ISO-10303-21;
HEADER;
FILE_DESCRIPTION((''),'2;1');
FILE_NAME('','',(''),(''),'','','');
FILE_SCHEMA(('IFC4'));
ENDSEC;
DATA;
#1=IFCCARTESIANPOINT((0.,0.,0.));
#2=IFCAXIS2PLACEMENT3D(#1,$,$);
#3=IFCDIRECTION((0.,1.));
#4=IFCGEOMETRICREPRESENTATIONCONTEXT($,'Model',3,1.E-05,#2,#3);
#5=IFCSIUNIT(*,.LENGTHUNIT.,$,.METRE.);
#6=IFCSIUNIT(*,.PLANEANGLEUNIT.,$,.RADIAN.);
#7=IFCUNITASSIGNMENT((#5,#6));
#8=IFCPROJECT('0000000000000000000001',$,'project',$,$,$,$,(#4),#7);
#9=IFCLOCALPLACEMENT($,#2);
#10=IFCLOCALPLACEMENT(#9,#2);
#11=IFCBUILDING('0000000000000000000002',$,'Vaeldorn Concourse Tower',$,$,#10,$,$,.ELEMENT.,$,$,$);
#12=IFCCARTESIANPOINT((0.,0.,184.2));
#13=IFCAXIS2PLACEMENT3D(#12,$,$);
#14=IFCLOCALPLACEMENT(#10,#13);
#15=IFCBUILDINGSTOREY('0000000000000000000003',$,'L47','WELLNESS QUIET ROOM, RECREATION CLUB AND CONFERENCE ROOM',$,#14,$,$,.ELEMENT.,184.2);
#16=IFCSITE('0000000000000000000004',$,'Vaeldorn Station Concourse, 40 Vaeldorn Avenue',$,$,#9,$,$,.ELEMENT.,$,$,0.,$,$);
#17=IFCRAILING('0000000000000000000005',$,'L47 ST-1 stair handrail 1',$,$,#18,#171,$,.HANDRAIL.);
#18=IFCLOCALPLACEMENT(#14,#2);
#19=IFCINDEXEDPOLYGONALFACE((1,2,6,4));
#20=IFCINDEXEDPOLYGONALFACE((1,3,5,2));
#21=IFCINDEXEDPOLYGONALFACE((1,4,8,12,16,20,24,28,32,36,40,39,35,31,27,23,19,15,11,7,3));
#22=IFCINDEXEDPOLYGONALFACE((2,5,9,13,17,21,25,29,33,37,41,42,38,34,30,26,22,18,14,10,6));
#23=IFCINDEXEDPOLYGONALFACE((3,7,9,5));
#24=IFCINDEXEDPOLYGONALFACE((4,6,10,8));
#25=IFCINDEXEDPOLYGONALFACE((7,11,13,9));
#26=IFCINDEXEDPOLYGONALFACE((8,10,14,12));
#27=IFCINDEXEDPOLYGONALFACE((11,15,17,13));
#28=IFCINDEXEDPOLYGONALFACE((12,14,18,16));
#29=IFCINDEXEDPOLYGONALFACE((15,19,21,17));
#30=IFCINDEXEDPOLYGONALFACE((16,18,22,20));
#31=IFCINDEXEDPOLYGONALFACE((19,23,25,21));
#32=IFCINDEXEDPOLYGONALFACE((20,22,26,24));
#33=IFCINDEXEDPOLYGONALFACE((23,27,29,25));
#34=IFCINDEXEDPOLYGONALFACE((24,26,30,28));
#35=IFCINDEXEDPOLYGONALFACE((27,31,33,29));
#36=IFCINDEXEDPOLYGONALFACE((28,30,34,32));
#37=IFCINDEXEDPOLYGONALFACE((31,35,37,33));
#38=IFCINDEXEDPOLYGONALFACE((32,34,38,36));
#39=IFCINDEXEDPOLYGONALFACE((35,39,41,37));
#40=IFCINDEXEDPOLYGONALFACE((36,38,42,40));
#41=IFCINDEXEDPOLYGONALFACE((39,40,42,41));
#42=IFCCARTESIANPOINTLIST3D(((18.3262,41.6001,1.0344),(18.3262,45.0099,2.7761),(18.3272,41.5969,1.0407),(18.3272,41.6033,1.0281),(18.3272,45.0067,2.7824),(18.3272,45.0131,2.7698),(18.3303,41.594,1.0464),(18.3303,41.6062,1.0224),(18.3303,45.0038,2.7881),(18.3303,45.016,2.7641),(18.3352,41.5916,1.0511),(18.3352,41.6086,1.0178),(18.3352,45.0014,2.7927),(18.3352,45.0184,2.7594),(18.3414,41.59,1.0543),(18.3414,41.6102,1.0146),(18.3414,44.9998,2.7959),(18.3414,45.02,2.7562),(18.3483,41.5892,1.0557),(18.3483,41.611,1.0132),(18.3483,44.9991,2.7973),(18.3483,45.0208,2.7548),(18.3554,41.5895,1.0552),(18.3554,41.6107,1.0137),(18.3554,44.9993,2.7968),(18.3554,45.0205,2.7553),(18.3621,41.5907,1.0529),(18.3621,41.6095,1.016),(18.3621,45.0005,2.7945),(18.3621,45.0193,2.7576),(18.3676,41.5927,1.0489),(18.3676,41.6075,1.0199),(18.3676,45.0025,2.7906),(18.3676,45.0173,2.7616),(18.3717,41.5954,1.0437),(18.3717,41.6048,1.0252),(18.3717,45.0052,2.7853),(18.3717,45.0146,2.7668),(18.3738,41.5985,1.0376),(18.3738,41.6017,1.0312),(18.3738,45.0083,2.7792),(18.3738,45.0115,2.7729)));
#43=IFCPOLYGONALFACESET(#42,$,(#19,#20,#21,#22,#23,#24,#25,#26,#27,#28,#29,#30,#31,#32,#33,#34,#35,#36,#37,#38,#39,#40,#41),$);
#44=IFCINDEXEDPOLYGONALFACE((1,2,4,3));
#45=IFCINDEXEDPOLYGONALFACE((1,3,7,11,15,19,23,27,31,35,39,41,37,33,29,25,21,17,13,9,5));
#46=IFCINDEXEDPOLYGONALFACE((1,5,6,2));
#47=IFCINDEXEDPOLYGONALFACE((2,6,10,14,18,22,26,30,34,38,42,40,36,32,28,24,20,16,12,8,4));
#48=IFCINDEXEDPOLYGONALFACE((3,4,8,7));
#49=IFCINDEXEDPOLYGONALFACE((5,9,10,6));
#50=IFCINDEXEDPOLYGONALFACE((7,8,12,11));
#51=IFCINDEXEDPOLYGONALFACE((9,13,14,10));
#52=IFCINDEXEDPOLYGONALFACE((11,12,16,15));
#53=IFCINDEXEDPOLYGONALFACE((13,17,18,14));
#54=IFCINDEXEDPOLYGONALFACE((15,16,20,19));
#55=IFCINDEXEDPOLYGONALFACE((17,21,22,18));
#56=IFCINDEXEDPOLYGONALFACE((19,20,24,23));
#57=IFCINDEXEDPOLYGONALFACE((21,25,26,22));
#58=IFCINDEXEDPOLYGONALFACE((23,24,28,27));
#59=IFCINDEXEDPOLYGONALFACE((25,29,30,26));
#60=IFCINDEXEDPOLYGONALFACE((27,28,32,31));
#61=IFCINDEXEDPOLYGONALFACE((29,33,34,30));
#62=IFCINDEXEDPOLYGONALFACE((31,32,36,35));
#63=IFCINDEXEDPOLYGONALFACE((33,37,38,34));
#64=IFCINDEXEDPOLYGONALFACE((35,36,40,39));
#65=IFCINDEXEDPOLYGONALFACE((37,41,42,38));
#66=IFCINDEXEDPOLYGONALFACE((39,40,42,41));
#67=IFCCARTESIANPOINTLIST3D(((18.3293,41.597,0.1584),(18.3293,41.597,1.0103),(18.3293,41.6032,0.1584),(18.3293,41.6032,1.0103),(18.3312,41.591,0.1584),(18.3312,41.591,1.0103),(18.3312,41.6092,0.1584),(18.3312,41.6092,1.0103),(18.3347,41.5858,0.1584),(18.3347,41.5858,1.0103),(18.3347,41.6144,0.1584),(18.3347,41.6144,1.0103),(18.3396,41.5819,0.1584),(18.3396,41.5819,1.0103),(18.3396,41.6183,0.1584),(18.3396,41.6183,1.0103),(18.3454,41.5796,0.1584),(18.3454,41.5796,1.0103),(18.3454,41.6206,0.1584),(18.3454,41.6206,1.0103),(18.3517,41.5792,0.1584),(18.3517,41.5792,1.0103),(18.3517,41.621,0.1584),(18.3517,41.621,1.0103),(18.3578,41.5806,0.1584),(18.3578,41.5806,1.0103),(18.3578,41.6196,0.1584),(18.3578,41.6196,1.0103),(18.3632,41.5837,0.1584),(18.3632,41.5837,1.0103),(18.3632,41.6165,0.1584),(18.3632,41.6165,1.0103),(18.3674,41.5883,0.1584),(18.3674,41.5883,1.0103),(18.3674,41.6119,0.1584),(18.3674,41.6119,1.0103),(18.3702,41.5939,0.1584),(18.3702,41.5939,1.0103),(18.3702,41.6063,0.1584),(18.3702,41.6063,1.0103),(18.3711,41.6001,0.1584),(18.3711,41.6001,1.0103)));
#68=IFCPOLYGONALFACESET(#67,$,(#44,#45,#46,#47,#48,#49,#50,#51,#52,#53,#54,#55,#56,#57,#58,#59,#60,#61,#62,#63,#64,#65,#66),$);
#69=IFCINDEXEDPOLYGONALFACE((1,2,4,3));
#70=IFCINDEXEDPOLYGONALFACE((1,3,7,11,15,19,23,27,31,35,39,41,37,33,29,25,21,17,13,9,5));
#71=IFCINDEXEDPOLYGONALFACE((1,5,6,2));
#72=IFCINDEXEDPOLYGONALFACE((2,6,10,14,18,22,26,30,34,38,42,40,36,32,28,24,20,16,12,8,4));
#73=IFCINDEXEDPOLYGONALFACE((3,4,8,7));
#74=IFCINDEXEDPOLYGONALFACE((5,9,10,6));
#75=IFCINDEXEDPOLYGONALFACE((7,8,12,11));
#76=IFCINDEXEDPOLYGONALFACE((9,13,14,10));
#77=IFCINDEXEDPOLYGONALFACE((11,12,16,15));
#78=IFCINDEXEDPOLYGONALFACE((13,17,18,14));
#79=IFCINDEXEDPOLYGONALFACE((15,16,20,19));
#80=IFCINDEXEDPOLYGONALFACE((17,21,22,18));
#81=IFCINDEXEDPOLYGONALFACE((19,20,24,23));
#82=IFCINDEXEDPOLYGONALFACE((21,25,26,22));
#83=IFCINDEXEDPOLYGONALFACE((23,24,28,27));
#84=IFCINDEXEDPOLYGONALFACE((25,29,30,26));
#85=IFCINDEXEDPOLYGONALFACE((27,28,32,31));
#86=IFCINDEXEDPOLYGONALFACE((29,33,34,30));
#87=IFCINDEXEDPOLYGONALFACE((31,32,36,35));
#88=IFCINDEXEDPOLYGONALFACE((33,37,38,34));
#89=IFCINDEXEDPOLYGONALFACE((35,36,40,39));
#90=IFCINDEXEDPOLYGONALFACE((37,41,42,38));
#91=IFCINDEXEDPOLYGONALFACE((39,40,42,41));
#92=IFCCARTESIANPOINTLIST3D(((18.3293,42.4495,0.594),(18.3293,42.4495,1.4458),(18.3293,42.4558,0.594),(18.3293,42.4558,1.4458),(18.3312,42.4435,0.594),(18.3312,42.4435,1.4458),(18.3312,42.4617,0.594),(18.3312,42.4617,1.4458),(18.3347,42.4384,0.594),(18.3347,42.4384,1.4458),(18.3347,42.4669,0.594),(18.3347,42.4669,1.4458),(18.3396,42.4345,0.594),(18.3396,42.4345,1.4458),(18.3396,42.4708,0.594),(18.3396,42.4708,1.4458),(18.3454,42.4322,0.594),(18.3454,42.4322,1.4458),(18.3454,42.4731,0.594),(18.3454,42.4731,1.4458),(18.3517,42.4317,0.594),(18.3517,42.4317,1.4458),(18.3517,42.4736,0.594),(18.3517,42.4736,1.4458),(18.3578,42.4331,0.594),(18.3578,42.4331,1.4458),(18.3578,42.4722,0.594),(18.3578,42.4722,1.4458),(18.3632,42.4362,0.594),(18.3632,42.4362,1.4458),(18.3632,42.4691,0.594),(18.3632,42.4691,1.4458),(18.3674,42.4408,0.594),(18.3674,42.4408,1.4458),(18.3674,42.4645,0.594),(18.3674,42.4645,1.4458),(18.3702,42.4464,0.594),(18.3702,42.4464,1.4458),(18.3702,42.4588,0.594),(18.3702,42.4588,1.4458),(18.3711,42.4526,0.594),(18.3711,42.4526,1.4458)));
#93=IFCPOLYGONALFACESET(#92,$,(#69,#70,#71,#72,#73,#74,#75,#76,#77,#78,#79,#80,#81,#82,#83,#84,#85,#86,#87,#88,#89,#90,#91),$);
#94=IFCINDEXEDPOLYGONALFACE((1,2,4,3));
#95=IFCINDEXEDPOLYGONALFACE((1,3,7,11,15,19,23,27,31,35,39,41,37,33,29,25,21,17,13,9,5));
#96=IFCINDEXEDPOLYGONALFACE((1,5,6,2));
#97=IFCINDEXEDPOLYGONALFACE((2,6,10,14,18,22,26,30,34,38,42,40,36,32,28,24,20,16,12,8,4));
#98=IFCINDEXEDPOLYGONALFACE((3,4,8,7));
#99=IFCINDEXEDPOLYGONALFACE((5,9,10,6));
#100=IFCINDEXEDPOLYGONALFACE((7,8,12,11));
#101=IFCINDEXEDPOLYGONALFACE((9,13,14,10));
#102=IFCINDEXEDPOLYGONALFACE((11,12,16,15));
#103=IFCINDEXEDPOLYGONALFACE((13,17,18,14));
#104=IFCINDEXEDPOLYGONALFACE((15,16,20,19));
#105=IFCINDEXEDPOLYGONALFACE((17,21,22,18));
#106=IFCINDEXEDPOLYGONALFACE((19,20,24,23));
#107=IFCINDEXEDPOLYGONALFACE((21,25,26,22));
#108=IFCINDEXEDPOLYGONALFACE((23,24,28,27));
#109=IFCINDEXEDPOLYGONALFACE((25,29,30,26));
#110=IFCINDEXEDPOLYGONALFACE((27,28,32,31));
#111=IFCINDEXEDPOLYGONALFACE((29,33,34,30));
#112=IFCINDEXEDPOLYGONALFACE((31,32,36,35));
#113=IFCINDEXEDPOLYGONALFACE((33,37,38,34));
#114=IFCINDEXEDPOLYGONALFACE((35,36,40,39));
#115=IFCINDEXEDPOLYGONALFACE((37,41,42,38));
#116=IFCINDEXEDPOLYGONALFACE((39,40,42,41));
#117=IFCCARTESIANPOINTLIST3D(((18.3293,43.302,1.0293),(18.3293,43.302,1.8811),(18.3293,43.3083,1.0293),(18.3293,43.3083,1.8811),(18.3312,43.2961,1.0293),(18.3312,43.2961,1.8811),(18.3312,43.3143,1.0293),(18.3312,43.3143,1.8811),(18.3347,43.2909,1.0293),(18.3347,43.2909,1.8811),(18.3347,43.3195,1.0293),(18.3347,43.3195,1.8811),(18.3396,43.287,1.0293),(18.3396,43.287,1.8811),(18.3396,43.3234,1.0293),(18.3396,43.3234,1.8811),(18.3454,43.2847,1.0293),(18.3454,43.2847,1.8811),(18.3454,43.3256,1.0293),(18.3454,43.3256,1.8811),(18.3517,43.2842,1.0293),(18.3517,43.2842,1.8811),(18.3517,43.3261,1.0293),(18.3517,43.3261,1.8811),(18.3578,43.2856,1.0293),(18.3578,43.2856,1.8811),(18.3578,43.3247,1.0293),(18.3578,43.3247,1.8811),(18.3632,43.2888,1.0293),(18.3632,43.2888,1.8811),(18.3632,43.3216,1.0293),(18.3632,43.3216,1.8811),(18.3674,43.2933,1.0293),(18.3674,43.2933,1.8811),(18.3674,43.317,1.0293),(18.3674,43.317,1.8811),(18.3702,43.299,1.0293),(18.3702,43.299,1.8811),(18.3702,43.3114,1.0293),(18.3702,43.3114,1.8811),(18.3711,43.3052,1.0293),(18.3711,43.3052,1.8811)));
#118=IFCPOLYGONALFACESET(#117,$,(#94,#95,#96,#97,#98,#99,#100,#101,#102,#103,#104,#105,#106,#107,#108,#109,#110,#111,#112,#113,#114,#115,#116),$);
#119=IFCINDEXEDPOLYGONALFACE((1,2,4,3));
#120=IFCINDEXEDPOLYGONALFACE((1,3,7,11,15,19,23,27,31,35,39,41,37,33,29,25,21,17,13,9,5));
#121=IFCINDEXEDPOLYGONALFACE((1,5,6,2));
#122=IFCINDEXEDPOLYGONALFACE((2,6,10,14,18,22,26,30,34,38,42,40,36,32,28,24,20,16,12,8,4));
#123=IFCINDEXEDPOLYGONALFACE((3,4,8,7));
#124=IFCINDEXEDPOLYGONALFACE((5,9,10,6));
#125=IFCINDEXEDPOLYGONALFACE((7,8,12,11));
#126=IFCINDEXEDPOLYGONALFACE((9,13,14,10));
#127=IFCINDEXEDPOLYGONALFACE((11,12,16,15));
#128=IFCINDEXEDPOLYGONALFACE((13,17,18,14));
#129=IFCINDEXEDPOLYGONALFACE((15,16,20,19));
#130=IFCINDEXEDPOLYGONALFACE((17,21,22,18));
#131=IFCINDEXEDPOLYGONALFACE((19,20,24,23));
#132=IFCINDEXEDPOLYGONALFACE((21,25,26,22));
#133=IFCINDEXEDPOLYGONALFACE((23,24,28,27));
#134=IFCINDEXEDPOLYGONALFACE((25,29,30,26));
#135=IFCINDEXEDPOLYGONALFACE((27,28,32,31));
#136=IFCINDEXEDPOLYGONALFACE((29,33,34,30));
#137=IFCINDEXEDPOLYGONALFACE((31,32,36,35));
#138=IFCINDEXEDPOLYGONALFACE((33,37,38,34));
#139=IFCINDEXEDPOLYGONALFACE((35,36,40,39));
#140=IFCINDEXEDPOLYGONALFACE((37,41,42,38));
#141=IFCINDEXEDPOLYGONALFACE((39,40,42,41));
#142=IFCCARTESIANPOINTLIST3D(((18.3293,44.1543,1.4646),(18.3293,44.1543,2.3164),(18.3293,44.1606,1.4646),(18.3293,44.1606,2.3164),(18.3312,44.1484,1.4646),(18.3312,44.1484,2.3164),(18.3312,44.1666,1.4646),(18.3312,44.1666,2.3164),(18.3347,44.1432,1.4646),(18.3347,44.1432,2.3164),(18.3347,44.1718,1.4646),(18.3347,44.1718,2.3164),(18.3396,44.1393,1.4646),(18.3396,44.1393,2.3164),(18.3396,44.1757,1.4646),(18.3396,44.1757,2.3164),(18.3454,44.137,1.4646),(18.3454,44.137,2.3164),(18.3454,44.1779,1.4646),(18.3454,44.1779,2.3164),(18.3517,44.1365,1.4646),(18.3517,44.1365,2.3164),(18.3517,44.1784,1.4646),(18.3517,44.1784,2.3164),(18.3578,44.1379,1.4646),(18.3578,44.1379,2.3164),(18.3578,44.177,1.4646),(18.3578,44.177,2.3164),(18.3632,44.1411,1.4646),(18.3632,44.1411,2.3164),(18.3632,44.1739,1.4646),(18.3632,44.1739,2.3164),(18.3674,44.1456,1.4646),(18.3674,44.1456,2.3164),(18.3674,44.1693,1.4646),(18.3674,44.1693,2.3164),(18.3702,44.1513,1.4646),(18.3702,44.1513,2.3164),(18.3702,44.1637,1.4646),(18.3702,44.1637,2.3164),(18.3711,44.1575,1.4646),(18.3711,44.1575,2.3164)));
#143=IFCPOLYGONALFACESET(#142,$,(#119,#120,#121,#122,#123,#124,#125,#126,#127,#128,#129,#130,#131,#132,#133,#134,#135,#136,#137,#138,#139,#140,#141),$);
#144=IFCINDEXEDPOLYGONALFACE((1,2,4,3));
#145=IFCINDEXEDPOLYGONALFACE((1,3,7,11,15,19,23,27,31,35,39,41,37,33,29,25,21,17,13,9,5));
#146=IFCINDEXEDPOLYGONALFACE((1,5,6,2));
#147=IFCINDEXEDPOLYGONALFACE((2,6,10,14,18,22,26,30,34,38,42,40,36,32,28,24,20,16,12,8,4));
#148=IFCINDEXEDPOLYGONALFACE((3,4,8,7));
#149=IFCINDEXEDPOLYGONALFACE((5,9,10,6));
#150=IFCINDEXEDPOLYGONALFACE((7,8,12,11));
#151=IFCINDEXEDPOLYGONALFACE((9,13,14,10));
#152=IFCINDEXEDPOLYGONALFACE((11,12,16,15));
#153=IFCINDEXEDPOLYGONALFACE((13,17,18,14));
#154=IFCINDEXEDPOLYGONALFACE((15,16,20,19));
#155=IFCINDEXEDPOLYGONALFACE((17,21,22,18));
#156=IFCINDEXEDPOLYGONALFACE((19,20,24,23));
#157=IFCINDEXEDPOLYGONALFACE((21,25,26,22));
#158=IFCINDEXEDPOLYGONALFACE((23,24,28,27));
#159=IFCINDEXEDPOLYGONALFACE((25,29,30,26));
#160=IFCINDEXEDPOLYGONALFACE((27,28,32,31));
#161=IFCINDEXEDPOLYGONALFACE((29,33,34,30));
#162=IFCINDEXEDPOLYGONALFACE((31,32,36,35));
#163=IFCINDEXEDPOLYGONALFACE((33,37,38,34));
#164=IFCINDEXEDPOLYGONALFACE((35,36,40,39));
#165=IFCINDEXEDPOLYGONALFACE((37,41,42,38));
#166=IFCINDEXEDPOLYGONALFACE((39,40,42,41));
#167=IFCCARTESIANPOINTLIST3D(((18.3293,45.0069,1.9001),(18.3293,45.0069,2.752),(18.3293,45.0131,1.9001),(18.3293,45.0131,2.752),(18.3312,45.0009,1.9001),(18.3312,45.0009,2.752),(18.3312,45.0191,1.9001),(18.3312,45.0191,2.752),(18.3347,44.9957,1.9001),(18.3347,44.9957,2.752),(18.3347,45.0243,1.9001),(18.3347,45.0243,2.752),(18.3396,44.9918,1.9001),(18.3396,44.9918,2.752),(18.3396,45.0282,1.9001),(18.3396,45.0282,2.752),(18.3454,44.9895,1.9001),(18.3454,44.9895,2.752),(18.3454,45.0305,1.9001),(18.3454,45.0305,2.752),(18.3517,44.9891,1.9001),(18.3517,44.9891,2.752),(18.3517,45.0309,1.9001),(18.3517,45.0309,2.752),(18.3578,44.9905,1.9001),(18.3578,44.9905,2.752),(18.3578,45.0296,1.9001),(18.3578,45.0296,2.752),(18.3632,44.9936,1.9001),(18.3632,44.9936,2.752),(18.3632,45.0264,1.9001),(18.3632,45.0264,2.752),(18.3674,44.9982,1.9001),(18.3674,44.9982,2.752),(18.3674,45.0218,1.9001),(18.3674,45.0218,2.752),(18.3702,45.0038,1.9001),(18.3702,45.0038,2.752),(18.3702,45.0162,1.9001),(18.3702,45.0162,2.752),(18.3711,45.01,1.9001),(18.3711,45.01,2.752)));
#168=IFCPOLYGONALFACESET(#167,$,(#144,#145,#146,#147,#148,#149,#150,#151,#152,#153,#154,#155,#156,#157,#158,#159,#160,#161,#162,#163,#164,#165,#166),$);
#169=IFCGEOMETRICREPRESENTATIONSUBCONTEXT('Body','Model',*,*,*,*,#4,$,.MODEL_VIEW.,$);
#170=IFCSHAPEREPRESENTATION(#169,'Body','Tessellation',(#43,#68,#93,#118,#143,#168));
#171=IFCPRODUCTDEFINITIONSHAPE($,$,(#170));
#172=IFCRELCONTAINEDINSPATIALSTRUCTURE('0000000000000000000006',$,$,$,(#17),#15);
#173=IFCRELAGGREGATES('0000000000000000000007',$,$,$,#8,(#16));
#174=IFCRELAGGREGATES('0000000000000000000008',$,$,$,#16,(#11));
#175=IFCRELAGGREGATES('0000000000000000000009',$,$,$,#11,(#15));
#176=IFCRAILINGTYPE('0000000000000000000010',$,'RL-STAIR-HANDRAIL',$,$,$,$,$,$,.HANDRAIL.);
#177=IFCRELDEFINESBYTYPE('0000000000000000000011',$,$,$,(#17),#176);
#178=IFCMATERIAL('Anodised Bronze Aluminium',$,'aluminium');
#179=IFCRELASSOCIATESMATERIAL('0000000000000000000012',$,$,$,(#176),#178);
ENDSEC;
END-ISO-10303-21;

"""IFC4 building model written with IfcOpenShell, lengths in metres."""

from ifc_helpers import new_model, si_unit, direction, frame, origin, origin_2d, place, context, subcontext, project, spatial, circle, extrude, material, type_object, element, save


model = new_model("IFC4")

# Units and contexts
model_context = context("Model", 3, precision=1e-05, world=origin(), true_north=direction((0.0, 1.0)))
body_context = subcontext(model_context, "Body", "Model", "MODEL_VIEW")
ifc_project = project(units=[si_unit("LENGTHUNIT", "METRE"), si_unit("PLANEANGLEUNIT", "RADIAN")], contexts=[model_context])

# Site, building, storey
site_placement = place(None, origin())
site = spatial("IfcSite", under=ifc_project, at=site_placement, Name="Vaeldorn Station Concourse, 40 Vaeldorn Avenue", CompositionType="ELEMENT", RefElevation=0.0)
building_placement = place(site_placement, origin())
building = spatial("IfcBuilding", under=site, at=building_placement, Name="Vaeldorn Concourse Tower", CompositionType="ELEMENT")
storey_placement = place(building_placement, frame((0.0, 0.0, 184.2)))
storey = spatial("IfcBuildingStorey", under=building, at=storey_placement, Name="L47", Description="WELLNESS QUIET ROOM, RECREATION CLUB AND CONFERENCE ROOM", CompositionType="ELEMENT", Elevation=184.2)

# Shared definitions
ifc_material_1 = material(Name="Anodised Bronze Aluminium", Category="aluminium")

# Railing
railing_type_1 = type_object("IfcRailingType", Name="RL-STAIR-HANDRAIL", PredefinedType="HANDRAIL", material=ifc_material_1)
railing_1_placement = place(storey_placement, frame((18.3501, 41.6001, 0.1584)))
element("IfcRailing", 1, at=railing_1_placement, inside=storey, type_object=railing_type_1, Name="L47 ST-1 stair handrail 1", PredefinedType="HANDRAIL", context=body_context, shape_type="SweptSolid", body=[
    extrude(circle(Radius=0.0239, at=origin_2d()), frame((0.0, 0.0, 0.876), z_axis=(0.0, 0.890556, 0.454874), x_axis=(-1.0, 0.0, 0.0)), (0.0, 0.0, 1.0), 3.8289),
    extrude(circle(Radius=0.021, at=origin_2d()), origin(), (0.0, 0.0, 1.0), 0.8518),
    extrude(circle(Radius=0.021, at=origin_2d()), frame((0.0, 0.8525, 0.4355)), (0.0, 0.0, 1.0), 0.8518),
    extrude(circle(Radius=0.021, at=origin_2d()), frame((0.0, 1.7051, 0.8708)), (0.0, 0.0, 1.0), 0.8518),
    extrude(circle(Radius=0.021, at=origin_2d()), frame((0.0, 2.5574, 1.3062)), (0.0, 0.0, 1.0), 0.8518),
    extrude(circle(Radius=0.021, at=origin_2d()), frame((0.0, 3.4099, 1.7417)), (0.0, 0.0, 1.0), 0.8518),
])

save(model, "model.ifc")
